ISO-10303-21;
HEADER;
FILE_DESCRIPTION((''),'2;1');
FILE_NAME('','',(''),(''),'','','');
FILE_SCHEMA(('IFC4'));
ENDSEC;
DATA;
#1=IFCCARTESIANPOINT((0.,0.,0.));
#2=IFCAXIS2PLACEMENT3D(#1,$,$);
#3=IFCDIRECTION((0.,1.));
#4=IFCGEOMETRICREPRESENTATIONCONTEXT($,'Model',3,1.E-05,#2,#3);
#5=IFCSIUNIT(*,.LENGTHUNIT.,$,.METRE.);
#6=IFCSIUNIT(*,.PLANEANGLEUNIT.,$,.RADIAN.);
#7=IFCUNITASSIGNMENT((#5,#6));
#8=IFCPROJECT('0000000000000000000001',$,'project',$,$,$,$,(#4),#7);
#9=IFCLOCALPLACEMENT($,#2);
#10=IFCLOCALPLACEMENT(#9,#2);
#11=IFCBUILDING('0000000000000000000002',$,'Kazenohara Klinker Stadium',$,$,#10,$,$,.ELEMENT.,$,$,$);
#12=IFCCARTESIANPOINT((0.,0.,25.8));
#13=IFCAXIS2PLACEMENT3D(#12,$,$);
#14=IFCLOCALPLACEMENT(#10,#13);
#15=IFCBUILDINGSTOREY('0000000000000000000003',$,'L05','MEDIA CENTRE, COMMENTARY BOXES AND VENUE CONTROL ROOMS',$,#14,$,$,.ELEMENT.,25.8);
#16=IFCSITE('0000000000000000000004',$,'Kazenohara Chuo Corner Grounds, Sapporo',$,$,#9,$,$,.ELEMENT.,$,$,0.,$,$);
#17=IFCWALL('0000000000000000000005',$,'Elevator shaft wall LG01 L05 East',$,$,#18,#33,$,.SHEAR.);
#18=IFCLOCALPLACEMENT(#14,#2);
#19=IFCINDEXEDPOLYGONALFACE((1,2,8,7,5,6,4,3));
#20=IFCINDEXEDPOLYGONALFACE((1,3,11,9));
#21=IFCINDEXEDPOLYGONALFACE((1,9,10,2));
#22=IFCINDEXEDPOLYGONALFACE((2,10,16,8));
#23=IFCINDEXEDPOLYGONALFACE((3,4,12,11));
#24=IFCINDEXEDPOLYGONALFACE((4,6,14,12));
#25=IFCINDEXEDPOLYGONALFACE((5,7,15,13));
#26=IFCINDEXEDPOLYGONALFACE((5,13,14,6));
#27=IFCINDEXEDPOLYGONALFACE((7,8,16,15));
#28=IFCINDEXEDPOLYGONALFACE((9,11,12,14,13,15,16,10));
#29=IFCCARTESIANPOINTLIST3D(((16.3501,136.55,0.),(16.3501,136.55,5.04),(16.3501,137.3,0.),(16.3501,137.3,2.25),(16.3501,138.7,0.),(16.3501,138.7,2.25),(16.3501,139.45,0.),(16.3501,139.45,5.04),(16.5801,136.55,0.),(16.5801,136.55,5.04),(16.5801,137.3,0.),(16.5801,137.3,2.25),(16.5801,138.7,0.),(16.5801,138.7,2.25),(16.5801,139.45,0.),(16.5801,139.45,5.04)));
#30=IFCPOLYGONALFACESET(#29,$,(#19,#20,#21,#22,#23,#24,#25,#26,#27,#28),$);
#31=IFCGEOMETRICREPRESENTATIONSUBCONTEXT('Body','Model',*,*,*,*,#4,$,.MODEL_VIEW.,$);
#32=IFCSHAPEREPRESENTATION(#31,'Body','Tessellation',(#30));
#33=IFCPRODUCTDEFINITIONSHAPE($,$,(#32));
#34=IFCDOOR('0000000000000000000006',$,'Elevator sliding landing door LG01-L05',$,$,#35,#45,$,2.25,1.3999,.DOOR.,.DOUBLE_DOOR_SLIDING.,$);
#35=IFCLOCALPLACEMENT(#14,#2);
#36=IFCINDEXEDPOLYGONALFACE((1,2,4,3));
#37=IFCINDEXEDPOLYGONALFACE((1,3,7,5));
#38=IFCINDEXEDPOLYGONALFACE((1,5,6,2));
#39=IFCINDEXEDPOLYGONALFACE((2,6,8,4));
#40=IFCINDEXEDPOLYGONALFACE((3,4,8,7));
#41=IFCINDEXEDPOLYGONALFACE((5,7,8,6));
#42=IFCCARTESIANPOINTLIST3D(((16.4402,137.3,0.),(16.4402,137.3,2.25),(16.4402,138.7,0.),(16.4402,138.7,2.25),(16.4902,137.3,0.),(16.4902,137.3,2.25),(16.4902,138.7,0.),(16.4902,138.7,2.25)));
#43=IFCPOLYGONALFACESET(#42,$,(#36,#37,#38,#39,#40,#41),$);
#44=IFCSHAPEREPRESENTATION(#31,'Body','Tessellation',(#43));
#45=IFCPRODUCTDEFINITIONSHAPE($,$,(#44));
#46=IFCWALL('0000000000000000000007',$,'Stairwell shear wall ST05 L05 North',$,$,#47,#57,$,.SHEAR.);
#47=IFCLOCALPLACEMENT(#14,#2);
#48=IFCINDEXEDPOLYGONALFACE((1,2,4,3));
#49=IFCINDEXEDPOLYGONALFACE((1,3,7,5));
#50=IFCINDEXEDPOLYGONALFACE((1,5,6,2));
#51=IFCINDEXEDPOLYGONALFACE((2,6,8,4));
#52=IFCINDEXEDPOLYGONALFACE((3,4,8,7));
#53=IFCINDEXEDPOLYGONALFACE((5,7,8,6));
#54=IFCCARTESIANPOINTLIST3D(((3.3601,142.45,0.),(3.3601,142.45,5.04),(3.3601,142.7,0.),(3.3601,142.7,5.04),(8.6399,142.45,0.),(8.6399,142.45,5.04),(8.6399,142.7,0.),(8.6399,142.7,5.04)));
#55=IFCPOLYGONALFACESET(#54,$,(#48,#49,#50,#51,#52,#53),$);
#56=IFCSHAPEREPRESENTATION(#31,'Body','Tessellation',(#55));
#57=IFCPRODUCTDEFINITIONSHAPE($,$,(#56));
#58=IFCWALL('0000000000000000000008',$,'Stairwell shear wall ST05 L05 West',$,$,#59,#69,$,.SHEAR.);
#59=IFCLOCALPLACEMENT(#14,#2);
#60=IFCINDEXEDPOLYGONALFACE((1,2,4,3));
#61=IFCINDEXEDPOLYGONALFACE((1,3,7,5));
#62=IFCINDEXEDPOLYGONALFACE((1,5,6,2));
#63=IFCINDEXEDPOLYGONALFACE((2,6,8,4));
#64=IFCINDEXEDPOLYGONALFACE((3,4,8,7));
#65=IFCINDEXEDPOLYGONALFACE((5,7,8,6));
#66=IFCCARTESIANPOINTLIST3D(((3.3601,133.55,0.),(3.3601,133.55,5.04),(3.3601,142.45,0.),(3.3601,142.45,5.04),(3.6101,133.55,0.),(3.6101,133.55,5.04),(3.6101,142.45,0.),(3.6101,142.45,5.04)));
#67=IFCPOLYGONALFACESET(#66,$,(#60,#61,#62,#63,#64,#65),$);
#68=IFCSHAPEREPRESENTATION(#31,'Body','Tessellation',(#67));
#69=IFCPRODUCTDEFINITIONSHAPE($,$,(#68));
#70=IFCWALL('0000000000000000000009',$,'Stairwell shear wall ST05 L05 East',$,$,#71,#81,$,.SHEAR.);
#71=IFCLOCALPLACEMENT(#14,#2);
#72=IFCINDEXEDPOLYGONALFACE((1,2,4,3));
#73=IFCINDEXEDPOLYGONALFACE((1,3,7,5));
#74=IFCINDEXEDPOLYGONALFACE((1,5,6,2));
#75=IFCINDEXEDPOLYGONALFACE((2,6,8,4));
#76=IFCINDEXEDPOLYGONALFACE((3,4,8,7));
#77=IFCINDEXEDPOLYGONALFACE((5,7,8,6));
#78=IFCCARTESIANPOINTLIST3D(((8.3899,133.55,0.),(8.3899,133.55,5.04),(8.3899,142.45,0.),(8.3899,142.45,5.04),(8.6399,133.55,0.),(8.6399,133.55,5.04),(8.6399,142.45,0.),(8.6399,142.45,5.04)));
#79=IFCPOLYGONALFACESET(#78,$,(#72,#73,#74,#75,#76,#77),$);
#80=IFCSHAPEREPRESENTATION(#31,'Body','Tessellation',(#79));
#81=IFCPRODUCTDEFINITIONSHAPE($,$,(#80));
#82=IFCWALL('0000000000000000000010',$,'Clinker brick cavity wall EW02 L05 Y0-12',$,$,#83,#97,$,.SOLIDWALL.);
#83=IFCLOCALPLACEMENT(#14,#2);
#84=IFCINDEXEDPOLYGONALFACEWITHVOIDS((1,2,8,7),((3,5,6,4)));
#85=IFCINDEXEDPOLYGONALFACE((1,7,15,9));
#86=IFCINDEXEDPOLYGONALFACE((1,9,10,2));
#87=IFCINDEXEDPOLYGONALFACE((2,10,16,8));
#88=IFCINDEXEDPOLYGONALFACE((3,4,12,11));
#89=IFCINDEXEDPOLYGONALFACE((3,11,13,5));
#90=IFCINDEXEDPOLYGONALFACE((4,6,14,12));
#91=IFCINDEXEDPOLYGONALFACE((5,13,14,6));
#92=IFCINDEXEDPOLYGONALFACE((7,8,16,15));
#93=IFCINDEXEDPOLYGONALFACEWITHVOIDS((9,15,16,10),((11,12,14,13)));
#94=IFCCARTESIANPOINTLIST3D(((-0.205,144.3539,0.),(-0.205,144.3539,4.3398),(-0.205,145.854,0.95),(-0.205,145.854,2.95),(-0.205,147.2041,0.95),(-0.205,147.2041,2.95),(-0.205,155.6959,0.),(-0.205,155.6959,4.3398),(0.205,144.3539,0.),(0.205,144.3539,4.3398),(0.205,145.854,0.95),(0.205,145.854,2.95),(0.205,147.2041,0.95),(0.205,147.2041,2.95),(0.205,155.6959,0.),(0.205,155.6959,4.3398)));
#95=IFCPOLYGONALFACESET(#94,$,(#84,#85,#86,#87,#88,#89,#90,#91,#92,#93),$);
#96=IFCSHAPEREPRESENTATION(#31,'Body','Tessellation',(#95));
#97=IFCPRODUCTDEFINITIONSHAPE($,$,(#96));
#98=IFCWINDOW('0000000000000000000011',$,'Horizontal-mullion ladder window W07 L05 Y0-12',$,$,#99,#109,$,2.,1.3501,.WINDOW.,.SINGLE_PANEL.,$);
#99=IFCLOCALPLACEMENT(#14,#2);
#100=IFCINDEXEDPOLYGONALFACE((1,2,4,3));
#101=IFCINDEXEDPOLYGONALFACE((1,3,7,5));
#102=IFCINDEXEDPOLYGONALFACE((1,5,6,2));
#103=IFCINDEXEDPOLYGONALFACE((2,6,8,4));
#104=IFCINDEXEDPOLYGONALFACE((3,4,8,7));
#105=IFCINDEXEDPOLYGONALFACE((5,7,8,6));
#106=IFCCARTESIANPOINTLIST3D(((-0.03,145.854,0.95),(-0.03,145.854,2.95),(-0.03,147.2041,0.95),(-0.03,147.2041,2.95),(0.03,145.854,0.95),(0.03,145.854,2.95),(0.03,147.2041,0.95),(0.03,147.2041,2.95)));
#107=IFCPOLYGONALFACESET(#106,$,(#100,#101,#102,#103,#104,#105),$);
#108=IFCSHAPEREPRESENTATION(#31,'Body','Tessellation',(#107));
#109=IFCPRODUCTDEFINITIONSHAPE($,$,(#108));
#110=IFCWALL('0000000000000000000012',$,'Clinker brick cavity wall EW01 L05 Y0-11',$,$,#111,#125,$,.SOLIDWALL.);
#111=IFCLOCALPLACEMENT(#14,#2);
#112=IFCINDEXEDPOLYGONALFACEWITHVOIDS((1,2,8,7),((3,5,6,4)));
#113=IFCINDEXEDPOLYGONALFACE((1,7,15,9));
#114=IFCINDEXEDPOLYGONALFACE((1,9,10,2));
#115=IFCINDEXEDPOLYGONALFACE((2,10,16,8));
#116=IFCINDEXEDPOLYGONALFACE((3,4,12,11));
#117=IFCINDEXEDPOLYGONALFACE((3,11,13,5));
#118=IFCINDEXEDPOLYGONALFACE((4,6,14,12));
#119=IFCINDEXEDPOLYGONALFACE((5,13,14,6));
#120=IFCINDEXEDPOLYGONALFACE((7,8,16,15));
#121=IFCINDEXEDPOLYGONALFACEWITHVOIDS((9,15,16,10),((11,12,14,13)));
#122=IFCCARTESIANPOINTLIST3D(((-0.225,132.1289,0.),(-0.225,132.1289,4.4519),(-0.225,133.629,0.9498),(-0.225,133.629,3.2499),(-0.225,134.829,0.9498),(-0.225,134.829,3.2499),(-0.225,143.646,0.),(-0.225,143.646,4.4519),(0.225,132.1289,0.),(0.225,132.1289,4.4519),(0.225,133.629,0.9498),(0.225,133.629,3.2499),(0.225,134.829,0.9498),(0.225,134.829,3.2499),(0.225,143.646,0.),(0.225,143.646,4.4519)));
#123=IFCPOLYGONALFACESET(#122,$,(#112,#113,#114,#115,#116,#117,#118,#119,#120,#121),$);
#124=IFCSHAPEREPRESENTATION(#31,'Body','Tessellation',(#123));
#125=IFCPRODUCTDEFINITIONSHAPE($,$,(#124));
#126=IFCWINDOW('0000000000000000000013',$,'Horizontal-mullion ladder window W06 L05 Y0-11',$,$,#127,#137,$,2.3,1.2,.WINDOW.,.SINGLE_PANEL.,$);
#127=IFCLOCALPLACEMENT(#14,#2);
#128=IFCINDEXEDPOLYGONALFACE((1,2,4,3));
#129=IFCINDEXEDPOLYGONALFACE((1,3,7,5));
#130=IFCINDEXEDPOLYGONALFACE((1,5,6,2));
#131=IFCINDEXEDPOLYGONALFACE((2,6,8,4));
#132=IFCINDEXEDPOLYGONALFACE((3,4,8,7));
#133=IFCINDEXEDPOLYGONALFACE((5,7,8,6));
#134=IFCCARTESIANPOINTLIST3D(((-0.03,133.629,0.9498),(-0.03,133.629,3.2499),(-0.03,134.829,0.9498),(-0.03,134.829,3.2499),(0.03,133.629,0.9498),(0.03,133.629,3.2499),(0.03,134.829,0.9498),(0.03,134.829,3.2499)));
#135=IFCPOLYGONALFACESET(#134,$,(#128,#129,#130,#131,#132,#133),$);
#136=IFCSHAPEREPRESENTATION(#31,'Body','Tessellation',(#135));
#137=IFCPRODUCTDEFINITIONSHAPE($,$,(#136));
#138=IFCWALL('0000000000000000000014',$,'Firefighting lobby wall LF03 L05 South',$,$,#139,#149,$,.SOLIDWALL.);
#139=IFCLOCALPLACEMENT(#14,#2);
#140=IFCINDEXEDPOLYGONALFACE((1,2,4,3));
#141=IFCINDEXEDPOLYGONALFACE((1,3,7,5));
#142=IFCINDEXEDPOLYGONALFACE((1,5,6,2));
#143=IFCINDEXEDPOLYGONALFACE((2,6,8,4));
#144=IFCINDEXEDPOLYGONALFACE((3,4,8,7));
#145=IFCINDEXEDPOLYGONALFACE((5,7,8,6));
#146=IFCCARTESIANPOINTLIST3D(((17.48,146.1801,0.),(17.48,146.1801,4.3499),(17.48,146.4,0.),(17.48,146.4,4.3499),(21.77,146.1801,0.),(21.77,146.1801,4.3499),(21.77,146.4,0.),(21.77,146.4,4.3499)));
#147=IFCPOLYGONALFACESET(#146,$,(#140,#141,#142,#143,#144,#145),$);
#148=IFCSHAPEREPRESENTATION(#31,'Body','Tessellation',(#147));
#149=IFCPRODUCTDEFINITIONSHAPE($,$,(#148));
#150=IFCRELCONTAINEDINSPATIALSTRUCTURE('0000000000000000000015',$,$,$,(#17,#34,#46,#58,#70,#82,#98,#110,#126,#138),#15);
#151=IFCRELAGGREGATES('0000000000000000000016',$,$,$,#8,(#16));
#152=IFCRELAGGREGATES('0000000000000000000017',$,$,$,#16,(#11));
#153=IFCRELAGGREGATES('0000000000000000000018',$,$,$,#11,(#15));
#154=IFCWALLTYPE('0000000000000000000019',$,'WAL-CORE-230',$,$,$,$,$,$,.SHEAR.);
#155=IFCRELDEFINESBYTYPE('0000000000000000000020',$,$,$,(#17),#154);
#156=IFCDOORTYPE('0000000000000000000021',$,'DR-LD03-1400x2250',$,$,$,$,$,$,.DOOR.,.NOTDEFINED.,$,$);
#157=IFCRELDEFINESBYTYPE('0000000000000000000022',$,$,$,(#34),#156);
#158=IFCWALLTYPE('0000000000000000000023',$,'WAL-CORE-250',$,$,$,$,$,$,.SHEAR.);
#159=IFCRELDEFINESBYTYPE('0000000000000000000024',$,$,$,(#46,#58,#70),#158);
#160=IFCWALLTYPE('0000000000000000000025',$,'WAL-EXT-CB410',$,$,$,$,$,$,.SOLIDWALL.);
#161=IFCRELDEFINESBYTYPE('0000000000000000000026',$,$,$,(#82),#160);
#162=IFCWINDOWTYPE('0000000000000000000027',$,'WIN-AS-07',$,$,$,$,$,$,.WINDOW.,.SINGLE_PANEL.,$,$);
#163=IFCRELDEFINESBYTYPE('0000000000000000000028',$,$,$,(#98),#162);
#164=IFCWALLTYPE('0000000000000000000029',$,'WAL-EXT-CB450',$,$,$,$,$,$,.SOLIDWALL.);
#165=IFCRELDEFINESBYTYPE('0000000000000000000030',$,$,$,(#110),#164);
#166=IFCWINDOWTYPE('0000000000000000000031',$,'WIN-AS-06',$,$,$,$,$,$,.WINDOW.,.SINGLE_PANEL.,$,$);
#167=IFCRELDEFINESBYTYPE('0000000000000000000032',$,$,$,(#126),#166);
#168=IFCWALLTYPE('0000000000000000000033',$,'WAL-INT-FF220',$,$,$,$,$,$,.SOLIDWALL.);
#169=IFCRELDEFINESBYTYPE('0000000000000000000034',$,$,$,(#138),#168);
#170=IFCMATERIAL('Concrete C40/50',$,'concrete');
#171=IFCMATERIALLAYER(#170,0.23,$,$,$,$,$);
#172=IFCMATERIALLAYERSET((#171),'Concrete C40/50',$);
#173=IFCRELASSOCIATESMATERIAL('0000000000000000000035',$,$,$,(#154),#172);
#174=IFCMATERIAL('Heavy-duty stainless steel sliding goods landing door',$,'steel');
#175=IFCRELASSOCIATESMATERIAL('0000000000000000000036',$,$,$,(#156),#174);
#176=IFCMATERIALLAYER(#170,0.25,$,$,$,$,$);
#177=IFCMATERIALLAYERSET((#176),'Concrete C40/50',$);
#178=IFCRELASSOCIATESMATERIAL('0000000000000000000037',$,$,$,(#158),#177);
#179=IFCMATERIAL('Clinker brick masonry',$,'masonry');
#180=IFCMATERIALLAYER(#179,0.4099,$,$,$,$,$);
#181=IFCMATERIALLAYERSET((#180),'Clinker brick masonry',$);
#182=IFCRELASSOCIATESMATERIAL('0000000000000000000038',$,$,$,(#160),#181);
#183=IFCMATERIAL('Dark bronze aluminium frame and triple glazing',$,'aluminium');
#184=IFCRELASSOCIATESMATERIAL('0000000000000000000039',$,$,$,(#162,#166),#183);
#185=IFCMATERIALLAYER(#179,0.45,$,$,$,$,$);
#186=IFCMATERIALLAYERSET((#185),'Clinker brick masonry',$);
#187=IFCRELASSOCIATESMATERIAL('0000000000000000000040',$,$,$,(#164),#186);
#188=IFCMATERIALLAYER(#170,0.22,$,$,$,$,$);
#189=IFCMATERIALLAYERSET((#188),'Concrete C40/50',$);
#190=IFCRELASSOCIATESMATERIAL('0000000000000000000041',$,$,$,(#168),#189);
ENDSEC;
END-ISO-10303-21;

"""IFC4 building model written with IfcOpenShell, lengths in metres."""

from ifc_helpers import new_model, si_unit, direction, frame, frame_2d, origin, place, context, subcontext, project, spatial, rectangle, extrude, material, layer, layer_set, type_object, element, fill, save


model = new_model("IFC4")

# Units and contexts
model_context = context("Model", 3, precision=1e-05, world=origin(), true_north=direction((0.0, 1.0)))
body_context = subcontext(model_context, "Body", "Model", "MODEL_VIEW")
ifc_project = project(units=[si_unit("LENGTHUNIT", "METRE"), si_unit("PLANEANGLEUNIT", "RADIAN")], contexts=[model_context])

# Site, building, storey
site_placement = place(None, origin())
site = spatial("IfcSite", under=ifc_project, at=site_placement, Name="Kazenohara Chuo Corner Grounds, Sapporo", CompositionType="ELEMENT", RefElevation=0.0)
building_placement = place(site_placement, origin())
building = spatial("IfcBuilding", under=site, at=building_placement, Name="Kazenohara Klinker Stadium", CompositionType="ELEMENT")
storey_placement = place(building_placement, frame((0.0, 0.0, 25.8)))
storey = spatial("IfcBuildingStorey", under=building, at=storey_placement, Name="L05", Description="MEDIA CENTRE, COMMENTARY BOXES AND VENUE CONTROL ROOMS", CompositionType="ELEMENT", Elevation=25.8)

# Shared definitions
ifc_material_1 = material(Name="Concrete C40/50", Category="concrete")

# Shared definitions
ifc_layer_1 = layer(ifc_material_1, 0.23)
ifc_layer_set_1 = layer_set([ifc_layer_1], Name="Concrete C40/50")
wall_type_1 = type_object("IfcWallType", Name="WAL-CORE-230", PredefinedType="SHEAR", material=ifc_layer_set_1)

# Wall, opening, door
wall_1_placement = place(storey_placement, frame((16.4651, 136.55, 0.0), z_axis=(0.0, 0.0, 1.0), x_axis=(0.0, 1.0, 0.0)))
wall_1 = element("IfcWall", 1, at=wall_1_placement, inside=storey, type_object=wall_type_1, Name="Elevator shaft wall LG01 L05 East", PredefinedType="SHEAR", context=body_context, shape_type="SweptSolid", body=[
    extrude(rectangle(XDim=2.8999, YDim=0.23, at=frame_2d((1.45, 0.0))), origin(), (0.0, 0.0, 1.0), 5.04),
])
opening_1_placement = place(wall_1_placement, frame((0.75, 0.0, 0.0)))
opening_1 = element("IfcOpeningElement", 2, at=opening_1_placement, cuts=wall_1, PredefinedType="OPENING", context=body_context, shape_type="SweptSolid", body=[
    extrude(rectangle(XDim=1.3999, YDim=2.25, at=frame_2d((0.7, 1.125))), frame((0.0, 0.125, 0.0), z_axis=(0.0, -1.0, 0.0), x_axis=(1.0, 0.0, 0.0)), (0.0, 0.0, 1.0), 0.25),
])
ifc_material_2 = material(Name="Heavy-duty stainless steel sliding goods landing door", Category="steel")
door_type_1 = type_object("IfcDoorType", Name="DR-LD03-1400x2250", OperationType="NOTDEFINED", PredefinedType="DOOR", material=ifc_material_2)
door_1_placement = place(opening_1_placement, origin())
door_1 = element("IfcDoor", 3, at=door_1_placement, inside=storey, type_object=door_type_1, Name="Elevator sliding landing door LG01-L05", OperationType="DOUBLE_DOOR_SLIDING", OverallHeight=2.25, OverallWidth=1.3999, PredefinedType="DOOR", context=body_context, shape_type="SweptSolid", body=[
    extrude(rectangle(XDim=1.3999, YDim=2.25, at=frame_2d((0.7, 1.125))), frame((0.0, 0.0249, 0.0), z_axis=(0.0, -1.0, 0.0), x_axis=(1.0, 0.0, 0.0)), (0.0, 0.0, 1.0), 0.05),
])
fill(opening_1, door_1)
ifc_layer_2 = layer(ifc_material_1, 0.25)
ifc_layer_set_2 = layer_set([ifc_layer_2], Name="Concrete C40/50")
wall_type_2 = type_object("IfcWallType", Name="WAL-CORE-250", PredefinedType="SHEAR", material=ifc_layer_set_2)

# Walls
wall_2_placement = place(storey_placement, frame((3.3601, 142.575, 0.0), z_axis=(0.0, 0.0, 1.0), x_axis=(1.0, 0.0, 0.0)))
element("IfcWall", 4, at=wall_2_placement, inside=storey, type_object=wall_type_2, Name="Stairwell shear wall ST05 L05 North", PredefinedType="SHEAR", context=body_context, shape_type="SweptSolid", body=[
    extrude(rectangle(XDim=5.2798, YDim=0.25, at=frame_2d((2.6399, 0.0))), origin(), (0.0, 0.0, 1.0), 5.04),
])
for number, where, z_axis, x_axis, name in (
    (5, (3.4851, 133.55, 0.0), (0.0, 0.0, 1.0), (0.0, 1.0, 0.0), "Stairwell shear wall ST05 L05 West"),
    (6, (8.5149, 133.55, 0.0), (0.0, 0.0, 1.0), (0.0, 1.0, 0.0), "Stairwell shear wall ST05 L05 East"),
):
    element("IfcWall", number, at=place(storey_placement, frame(where, z_axis=z_axis, x_axis=x_axis)), inside=storey, type_object=wall_type_2, Name=name, PredefinedType="SHEAR", context=body_context, shape_type="SweptSolid", body=[
        extrude(rectangle(XDim=8.8999, YDim=0.25, at=frame_2d((4.45, 0.0))), origin(), (0.0, 0.0, 1.0), 5.04),
    ])

# Walls, openings, windows
ifc_material_3 = material(Name="Clinker brick masonry", Category="masonry")
ifc_layer_3 = layer(ifc_material_3, 0.4099)
ifc_layer_set_3 = layer_set([ifc_layer_3], Name="Clinker brick masonry")
wall_type_3 = type_object("IfcWallType", Name="WAL-EXT-CB410", PredefinedType="SOLIDWALL", material=ifc_layer_set_3)
wall_3_placement = place(storey_placement, frame((0.0, 144.354, 0.0), z_axis=(0.0, 0.0, 1.0), x_axis=(0.0, 1.0, 0.0)))
wall_3 = element("IfcWall", 7, at=wall_3_placement, inside=storey, type_object=wall_type_3, Name="Clinker brick cavity wall EW02 L05 Y0-12", PredefinedType="SOLIDWALL", context=body_context, shape_type="SweptSolid", body=[
    extrude(rectangle(XDim=11.342, YDim=0.4099, at=frame_2d((5.6709, 0.0))), origin(), (0.0, 0.0, 1.0), 4.3398),
])
opening_2_placement = place(wall_3_placement, frame((1.5, 0.0, 0.95)))
opening_2 = element("IfcOpeningElement", 8, at=opening_2_placement, cuts=wall_3, PredefinedType="OPENING", context=body_context, shape_type="SweptSolid", body=[
    extrude(rectangle(XDim=1.3501, YDim=2.0, at=frame_2d((0.675, 1.0))), frame((0.0, 0.2148, 0.0), z_axis=(0.0, -1.0, 0.0), x_axis=(1.0, 0.0, 0.0)), (0.0, 0.0, 1.0), 0.4299),
])
ifc_material_4 = material(Name="Dark bronze aluminium frame and triple glazing", Category="aluminium")
window_type_1 = type_object("IfcWindowType", Name="WIN-AS-07", PartitioningType="SINGLE_PANEL", PredefinedType="WINDOW", material=ifc_material_4)
window_1_placement = place(opening_2_placement, origin())
window_1 = element("IfcWindow", 9, at=window_1_placement, inside=storey, type_object=window_type_1, Name="Horizontal-mullion ladder window W07 L05 Y0-12", OverallHeight=2.0, OverallWidth=1.3501, PartitioningType="SINGLE_PANEL", PredefinedType="WINDOW", context=body_context, shape_type="SweptSolid", body=[
    extrude(rectangle(XDim=1.3501, YDim=2.0, at=frame_2d((0.675, 1.0))), frame((0.0, 0.03, 0.0), z_axis=(0.0, -1.0, 0.0), x_axis=(1.0, 0.0, 0.0)), (0.0, 0.0, 1.0), 0.0601),
])
fill(opening_2, window_1)
ifc_layer_4 = layer(ifc_material_3, 0.45)
ifc_layer_set_4 = layer_set([ifc_layer_4], Name="Clinker brick masonry")
wall_type_4 = type_object("IfcWallType", Name="WAL-EXT-CB450", PredefinedType="SOLIDWALL", material=ifc_layer_set_4)
wall_4_placement = place(storey_placement, frame((0.0, 132.1289, 0.0), z_axis=(0.0, 0.0, 1.0), x_axis=(0.0, 1.0, 0.0)))
wall_4 = element("IfcWall", 10, at=wall_4_placement, inside=storey, type_object=wall_type_4, Name="Clinker brick cavity wall EW01 L05 Y0-11", PredefinedType="SOLIDWALL", context=body_context, shape_type="SweptSolid", body=[
    extrude(rectangle(XDim=11.5171, YDim=0.45, at=frame_2d((5.7585, 0.0))), origin(), (0.0, 0.0, 1.0), 4.4519),
])
opening_3_placement = place(wall_4_placement, frame((1.5, 0.0, 0.95)))
opening_3 = element("IfcOpeningElement", 11, at=opening_3_placement, cuts=wall_4, PredefinedType="OPENING", context=body_context, shape_type="SweptSolid", body=[
    extrude(rectangle(XDim=1.2, YDim=2.3, at=frame_2d((0.6001, 1.1499))), frame((0.0, 0.2349, 0.0), z_axis=(0.0, -1.0, 0.0), x_axis=(1.0, 0.0, 0.0)), (0.0, 0.0, 1.0), 0.47),
])
window_type_2 = type_object("IfcWindowType", Name="WIN-AS-06", PartitioningType="SINGLE_PANEL", PredefinedType="WINDOW", material=ifc_material_4)
window_2_placement = place(opening_3_placement, origin())
window_2 = element("IfcWindow", 12, at=window_2_placement, inside=storey, type_object=window_type_2, Name="Horizontal-mullion ladder window W06 L05 Y0-11", OverallHeight=2.3, OverallWidth=1.2, PartitioningType="SINGLE_PANEL", PredefinedType="WINDOW", context=body_context, shape_type="SweptSolid", body=[
    extrude(rectangle(XDim=1.2, YDim=2.3, at=frame_2d((0.6001, 1.1499))), frame((0.0, 0.03, 0.0), z_axis=(0.0, -1.0, 0.0), x_axis=(1.0, 0.0, 0.0)), (0.0, 0.0, 1.0), 0.0601),
])
fill(opening_3, window_2)

# Wall
ifc_layer_5 = layer(ifc_material_1, 0.22)
ifc_layer_set_5 = layer_set([ifc_layer_5], Name="Concrete C40/50")
wall_type_5 = type_object("IfcWallType", Name="WAL-INT-FF220", PredefinedType="SOLIDWALL", material=ifc_layer_set_5)
wall_5_placement = place(storey_placement, frame((17.48, 146.29, 0.0), z_axis=(0.0, 0.0, 1.0), x_axis=(1.0, 0.0, 0.0)))
element("IfcWall", 13, at=wall_5_placement, inside=storey, type_object=wall_type_5, Name="Firefighting lobby wall LF03 L05 South", PredefinedType="SOLIDWALL", context=body_context, shape_type="SweptSolid", body=[
    extrude(rectangle(XDim=4.29, YDim=0.22, at=frame_2d((2.145, 0.0))), origin(), (0.0, 0.0, 1.0), 4.3499),
])

save(model, "model.ifc")
